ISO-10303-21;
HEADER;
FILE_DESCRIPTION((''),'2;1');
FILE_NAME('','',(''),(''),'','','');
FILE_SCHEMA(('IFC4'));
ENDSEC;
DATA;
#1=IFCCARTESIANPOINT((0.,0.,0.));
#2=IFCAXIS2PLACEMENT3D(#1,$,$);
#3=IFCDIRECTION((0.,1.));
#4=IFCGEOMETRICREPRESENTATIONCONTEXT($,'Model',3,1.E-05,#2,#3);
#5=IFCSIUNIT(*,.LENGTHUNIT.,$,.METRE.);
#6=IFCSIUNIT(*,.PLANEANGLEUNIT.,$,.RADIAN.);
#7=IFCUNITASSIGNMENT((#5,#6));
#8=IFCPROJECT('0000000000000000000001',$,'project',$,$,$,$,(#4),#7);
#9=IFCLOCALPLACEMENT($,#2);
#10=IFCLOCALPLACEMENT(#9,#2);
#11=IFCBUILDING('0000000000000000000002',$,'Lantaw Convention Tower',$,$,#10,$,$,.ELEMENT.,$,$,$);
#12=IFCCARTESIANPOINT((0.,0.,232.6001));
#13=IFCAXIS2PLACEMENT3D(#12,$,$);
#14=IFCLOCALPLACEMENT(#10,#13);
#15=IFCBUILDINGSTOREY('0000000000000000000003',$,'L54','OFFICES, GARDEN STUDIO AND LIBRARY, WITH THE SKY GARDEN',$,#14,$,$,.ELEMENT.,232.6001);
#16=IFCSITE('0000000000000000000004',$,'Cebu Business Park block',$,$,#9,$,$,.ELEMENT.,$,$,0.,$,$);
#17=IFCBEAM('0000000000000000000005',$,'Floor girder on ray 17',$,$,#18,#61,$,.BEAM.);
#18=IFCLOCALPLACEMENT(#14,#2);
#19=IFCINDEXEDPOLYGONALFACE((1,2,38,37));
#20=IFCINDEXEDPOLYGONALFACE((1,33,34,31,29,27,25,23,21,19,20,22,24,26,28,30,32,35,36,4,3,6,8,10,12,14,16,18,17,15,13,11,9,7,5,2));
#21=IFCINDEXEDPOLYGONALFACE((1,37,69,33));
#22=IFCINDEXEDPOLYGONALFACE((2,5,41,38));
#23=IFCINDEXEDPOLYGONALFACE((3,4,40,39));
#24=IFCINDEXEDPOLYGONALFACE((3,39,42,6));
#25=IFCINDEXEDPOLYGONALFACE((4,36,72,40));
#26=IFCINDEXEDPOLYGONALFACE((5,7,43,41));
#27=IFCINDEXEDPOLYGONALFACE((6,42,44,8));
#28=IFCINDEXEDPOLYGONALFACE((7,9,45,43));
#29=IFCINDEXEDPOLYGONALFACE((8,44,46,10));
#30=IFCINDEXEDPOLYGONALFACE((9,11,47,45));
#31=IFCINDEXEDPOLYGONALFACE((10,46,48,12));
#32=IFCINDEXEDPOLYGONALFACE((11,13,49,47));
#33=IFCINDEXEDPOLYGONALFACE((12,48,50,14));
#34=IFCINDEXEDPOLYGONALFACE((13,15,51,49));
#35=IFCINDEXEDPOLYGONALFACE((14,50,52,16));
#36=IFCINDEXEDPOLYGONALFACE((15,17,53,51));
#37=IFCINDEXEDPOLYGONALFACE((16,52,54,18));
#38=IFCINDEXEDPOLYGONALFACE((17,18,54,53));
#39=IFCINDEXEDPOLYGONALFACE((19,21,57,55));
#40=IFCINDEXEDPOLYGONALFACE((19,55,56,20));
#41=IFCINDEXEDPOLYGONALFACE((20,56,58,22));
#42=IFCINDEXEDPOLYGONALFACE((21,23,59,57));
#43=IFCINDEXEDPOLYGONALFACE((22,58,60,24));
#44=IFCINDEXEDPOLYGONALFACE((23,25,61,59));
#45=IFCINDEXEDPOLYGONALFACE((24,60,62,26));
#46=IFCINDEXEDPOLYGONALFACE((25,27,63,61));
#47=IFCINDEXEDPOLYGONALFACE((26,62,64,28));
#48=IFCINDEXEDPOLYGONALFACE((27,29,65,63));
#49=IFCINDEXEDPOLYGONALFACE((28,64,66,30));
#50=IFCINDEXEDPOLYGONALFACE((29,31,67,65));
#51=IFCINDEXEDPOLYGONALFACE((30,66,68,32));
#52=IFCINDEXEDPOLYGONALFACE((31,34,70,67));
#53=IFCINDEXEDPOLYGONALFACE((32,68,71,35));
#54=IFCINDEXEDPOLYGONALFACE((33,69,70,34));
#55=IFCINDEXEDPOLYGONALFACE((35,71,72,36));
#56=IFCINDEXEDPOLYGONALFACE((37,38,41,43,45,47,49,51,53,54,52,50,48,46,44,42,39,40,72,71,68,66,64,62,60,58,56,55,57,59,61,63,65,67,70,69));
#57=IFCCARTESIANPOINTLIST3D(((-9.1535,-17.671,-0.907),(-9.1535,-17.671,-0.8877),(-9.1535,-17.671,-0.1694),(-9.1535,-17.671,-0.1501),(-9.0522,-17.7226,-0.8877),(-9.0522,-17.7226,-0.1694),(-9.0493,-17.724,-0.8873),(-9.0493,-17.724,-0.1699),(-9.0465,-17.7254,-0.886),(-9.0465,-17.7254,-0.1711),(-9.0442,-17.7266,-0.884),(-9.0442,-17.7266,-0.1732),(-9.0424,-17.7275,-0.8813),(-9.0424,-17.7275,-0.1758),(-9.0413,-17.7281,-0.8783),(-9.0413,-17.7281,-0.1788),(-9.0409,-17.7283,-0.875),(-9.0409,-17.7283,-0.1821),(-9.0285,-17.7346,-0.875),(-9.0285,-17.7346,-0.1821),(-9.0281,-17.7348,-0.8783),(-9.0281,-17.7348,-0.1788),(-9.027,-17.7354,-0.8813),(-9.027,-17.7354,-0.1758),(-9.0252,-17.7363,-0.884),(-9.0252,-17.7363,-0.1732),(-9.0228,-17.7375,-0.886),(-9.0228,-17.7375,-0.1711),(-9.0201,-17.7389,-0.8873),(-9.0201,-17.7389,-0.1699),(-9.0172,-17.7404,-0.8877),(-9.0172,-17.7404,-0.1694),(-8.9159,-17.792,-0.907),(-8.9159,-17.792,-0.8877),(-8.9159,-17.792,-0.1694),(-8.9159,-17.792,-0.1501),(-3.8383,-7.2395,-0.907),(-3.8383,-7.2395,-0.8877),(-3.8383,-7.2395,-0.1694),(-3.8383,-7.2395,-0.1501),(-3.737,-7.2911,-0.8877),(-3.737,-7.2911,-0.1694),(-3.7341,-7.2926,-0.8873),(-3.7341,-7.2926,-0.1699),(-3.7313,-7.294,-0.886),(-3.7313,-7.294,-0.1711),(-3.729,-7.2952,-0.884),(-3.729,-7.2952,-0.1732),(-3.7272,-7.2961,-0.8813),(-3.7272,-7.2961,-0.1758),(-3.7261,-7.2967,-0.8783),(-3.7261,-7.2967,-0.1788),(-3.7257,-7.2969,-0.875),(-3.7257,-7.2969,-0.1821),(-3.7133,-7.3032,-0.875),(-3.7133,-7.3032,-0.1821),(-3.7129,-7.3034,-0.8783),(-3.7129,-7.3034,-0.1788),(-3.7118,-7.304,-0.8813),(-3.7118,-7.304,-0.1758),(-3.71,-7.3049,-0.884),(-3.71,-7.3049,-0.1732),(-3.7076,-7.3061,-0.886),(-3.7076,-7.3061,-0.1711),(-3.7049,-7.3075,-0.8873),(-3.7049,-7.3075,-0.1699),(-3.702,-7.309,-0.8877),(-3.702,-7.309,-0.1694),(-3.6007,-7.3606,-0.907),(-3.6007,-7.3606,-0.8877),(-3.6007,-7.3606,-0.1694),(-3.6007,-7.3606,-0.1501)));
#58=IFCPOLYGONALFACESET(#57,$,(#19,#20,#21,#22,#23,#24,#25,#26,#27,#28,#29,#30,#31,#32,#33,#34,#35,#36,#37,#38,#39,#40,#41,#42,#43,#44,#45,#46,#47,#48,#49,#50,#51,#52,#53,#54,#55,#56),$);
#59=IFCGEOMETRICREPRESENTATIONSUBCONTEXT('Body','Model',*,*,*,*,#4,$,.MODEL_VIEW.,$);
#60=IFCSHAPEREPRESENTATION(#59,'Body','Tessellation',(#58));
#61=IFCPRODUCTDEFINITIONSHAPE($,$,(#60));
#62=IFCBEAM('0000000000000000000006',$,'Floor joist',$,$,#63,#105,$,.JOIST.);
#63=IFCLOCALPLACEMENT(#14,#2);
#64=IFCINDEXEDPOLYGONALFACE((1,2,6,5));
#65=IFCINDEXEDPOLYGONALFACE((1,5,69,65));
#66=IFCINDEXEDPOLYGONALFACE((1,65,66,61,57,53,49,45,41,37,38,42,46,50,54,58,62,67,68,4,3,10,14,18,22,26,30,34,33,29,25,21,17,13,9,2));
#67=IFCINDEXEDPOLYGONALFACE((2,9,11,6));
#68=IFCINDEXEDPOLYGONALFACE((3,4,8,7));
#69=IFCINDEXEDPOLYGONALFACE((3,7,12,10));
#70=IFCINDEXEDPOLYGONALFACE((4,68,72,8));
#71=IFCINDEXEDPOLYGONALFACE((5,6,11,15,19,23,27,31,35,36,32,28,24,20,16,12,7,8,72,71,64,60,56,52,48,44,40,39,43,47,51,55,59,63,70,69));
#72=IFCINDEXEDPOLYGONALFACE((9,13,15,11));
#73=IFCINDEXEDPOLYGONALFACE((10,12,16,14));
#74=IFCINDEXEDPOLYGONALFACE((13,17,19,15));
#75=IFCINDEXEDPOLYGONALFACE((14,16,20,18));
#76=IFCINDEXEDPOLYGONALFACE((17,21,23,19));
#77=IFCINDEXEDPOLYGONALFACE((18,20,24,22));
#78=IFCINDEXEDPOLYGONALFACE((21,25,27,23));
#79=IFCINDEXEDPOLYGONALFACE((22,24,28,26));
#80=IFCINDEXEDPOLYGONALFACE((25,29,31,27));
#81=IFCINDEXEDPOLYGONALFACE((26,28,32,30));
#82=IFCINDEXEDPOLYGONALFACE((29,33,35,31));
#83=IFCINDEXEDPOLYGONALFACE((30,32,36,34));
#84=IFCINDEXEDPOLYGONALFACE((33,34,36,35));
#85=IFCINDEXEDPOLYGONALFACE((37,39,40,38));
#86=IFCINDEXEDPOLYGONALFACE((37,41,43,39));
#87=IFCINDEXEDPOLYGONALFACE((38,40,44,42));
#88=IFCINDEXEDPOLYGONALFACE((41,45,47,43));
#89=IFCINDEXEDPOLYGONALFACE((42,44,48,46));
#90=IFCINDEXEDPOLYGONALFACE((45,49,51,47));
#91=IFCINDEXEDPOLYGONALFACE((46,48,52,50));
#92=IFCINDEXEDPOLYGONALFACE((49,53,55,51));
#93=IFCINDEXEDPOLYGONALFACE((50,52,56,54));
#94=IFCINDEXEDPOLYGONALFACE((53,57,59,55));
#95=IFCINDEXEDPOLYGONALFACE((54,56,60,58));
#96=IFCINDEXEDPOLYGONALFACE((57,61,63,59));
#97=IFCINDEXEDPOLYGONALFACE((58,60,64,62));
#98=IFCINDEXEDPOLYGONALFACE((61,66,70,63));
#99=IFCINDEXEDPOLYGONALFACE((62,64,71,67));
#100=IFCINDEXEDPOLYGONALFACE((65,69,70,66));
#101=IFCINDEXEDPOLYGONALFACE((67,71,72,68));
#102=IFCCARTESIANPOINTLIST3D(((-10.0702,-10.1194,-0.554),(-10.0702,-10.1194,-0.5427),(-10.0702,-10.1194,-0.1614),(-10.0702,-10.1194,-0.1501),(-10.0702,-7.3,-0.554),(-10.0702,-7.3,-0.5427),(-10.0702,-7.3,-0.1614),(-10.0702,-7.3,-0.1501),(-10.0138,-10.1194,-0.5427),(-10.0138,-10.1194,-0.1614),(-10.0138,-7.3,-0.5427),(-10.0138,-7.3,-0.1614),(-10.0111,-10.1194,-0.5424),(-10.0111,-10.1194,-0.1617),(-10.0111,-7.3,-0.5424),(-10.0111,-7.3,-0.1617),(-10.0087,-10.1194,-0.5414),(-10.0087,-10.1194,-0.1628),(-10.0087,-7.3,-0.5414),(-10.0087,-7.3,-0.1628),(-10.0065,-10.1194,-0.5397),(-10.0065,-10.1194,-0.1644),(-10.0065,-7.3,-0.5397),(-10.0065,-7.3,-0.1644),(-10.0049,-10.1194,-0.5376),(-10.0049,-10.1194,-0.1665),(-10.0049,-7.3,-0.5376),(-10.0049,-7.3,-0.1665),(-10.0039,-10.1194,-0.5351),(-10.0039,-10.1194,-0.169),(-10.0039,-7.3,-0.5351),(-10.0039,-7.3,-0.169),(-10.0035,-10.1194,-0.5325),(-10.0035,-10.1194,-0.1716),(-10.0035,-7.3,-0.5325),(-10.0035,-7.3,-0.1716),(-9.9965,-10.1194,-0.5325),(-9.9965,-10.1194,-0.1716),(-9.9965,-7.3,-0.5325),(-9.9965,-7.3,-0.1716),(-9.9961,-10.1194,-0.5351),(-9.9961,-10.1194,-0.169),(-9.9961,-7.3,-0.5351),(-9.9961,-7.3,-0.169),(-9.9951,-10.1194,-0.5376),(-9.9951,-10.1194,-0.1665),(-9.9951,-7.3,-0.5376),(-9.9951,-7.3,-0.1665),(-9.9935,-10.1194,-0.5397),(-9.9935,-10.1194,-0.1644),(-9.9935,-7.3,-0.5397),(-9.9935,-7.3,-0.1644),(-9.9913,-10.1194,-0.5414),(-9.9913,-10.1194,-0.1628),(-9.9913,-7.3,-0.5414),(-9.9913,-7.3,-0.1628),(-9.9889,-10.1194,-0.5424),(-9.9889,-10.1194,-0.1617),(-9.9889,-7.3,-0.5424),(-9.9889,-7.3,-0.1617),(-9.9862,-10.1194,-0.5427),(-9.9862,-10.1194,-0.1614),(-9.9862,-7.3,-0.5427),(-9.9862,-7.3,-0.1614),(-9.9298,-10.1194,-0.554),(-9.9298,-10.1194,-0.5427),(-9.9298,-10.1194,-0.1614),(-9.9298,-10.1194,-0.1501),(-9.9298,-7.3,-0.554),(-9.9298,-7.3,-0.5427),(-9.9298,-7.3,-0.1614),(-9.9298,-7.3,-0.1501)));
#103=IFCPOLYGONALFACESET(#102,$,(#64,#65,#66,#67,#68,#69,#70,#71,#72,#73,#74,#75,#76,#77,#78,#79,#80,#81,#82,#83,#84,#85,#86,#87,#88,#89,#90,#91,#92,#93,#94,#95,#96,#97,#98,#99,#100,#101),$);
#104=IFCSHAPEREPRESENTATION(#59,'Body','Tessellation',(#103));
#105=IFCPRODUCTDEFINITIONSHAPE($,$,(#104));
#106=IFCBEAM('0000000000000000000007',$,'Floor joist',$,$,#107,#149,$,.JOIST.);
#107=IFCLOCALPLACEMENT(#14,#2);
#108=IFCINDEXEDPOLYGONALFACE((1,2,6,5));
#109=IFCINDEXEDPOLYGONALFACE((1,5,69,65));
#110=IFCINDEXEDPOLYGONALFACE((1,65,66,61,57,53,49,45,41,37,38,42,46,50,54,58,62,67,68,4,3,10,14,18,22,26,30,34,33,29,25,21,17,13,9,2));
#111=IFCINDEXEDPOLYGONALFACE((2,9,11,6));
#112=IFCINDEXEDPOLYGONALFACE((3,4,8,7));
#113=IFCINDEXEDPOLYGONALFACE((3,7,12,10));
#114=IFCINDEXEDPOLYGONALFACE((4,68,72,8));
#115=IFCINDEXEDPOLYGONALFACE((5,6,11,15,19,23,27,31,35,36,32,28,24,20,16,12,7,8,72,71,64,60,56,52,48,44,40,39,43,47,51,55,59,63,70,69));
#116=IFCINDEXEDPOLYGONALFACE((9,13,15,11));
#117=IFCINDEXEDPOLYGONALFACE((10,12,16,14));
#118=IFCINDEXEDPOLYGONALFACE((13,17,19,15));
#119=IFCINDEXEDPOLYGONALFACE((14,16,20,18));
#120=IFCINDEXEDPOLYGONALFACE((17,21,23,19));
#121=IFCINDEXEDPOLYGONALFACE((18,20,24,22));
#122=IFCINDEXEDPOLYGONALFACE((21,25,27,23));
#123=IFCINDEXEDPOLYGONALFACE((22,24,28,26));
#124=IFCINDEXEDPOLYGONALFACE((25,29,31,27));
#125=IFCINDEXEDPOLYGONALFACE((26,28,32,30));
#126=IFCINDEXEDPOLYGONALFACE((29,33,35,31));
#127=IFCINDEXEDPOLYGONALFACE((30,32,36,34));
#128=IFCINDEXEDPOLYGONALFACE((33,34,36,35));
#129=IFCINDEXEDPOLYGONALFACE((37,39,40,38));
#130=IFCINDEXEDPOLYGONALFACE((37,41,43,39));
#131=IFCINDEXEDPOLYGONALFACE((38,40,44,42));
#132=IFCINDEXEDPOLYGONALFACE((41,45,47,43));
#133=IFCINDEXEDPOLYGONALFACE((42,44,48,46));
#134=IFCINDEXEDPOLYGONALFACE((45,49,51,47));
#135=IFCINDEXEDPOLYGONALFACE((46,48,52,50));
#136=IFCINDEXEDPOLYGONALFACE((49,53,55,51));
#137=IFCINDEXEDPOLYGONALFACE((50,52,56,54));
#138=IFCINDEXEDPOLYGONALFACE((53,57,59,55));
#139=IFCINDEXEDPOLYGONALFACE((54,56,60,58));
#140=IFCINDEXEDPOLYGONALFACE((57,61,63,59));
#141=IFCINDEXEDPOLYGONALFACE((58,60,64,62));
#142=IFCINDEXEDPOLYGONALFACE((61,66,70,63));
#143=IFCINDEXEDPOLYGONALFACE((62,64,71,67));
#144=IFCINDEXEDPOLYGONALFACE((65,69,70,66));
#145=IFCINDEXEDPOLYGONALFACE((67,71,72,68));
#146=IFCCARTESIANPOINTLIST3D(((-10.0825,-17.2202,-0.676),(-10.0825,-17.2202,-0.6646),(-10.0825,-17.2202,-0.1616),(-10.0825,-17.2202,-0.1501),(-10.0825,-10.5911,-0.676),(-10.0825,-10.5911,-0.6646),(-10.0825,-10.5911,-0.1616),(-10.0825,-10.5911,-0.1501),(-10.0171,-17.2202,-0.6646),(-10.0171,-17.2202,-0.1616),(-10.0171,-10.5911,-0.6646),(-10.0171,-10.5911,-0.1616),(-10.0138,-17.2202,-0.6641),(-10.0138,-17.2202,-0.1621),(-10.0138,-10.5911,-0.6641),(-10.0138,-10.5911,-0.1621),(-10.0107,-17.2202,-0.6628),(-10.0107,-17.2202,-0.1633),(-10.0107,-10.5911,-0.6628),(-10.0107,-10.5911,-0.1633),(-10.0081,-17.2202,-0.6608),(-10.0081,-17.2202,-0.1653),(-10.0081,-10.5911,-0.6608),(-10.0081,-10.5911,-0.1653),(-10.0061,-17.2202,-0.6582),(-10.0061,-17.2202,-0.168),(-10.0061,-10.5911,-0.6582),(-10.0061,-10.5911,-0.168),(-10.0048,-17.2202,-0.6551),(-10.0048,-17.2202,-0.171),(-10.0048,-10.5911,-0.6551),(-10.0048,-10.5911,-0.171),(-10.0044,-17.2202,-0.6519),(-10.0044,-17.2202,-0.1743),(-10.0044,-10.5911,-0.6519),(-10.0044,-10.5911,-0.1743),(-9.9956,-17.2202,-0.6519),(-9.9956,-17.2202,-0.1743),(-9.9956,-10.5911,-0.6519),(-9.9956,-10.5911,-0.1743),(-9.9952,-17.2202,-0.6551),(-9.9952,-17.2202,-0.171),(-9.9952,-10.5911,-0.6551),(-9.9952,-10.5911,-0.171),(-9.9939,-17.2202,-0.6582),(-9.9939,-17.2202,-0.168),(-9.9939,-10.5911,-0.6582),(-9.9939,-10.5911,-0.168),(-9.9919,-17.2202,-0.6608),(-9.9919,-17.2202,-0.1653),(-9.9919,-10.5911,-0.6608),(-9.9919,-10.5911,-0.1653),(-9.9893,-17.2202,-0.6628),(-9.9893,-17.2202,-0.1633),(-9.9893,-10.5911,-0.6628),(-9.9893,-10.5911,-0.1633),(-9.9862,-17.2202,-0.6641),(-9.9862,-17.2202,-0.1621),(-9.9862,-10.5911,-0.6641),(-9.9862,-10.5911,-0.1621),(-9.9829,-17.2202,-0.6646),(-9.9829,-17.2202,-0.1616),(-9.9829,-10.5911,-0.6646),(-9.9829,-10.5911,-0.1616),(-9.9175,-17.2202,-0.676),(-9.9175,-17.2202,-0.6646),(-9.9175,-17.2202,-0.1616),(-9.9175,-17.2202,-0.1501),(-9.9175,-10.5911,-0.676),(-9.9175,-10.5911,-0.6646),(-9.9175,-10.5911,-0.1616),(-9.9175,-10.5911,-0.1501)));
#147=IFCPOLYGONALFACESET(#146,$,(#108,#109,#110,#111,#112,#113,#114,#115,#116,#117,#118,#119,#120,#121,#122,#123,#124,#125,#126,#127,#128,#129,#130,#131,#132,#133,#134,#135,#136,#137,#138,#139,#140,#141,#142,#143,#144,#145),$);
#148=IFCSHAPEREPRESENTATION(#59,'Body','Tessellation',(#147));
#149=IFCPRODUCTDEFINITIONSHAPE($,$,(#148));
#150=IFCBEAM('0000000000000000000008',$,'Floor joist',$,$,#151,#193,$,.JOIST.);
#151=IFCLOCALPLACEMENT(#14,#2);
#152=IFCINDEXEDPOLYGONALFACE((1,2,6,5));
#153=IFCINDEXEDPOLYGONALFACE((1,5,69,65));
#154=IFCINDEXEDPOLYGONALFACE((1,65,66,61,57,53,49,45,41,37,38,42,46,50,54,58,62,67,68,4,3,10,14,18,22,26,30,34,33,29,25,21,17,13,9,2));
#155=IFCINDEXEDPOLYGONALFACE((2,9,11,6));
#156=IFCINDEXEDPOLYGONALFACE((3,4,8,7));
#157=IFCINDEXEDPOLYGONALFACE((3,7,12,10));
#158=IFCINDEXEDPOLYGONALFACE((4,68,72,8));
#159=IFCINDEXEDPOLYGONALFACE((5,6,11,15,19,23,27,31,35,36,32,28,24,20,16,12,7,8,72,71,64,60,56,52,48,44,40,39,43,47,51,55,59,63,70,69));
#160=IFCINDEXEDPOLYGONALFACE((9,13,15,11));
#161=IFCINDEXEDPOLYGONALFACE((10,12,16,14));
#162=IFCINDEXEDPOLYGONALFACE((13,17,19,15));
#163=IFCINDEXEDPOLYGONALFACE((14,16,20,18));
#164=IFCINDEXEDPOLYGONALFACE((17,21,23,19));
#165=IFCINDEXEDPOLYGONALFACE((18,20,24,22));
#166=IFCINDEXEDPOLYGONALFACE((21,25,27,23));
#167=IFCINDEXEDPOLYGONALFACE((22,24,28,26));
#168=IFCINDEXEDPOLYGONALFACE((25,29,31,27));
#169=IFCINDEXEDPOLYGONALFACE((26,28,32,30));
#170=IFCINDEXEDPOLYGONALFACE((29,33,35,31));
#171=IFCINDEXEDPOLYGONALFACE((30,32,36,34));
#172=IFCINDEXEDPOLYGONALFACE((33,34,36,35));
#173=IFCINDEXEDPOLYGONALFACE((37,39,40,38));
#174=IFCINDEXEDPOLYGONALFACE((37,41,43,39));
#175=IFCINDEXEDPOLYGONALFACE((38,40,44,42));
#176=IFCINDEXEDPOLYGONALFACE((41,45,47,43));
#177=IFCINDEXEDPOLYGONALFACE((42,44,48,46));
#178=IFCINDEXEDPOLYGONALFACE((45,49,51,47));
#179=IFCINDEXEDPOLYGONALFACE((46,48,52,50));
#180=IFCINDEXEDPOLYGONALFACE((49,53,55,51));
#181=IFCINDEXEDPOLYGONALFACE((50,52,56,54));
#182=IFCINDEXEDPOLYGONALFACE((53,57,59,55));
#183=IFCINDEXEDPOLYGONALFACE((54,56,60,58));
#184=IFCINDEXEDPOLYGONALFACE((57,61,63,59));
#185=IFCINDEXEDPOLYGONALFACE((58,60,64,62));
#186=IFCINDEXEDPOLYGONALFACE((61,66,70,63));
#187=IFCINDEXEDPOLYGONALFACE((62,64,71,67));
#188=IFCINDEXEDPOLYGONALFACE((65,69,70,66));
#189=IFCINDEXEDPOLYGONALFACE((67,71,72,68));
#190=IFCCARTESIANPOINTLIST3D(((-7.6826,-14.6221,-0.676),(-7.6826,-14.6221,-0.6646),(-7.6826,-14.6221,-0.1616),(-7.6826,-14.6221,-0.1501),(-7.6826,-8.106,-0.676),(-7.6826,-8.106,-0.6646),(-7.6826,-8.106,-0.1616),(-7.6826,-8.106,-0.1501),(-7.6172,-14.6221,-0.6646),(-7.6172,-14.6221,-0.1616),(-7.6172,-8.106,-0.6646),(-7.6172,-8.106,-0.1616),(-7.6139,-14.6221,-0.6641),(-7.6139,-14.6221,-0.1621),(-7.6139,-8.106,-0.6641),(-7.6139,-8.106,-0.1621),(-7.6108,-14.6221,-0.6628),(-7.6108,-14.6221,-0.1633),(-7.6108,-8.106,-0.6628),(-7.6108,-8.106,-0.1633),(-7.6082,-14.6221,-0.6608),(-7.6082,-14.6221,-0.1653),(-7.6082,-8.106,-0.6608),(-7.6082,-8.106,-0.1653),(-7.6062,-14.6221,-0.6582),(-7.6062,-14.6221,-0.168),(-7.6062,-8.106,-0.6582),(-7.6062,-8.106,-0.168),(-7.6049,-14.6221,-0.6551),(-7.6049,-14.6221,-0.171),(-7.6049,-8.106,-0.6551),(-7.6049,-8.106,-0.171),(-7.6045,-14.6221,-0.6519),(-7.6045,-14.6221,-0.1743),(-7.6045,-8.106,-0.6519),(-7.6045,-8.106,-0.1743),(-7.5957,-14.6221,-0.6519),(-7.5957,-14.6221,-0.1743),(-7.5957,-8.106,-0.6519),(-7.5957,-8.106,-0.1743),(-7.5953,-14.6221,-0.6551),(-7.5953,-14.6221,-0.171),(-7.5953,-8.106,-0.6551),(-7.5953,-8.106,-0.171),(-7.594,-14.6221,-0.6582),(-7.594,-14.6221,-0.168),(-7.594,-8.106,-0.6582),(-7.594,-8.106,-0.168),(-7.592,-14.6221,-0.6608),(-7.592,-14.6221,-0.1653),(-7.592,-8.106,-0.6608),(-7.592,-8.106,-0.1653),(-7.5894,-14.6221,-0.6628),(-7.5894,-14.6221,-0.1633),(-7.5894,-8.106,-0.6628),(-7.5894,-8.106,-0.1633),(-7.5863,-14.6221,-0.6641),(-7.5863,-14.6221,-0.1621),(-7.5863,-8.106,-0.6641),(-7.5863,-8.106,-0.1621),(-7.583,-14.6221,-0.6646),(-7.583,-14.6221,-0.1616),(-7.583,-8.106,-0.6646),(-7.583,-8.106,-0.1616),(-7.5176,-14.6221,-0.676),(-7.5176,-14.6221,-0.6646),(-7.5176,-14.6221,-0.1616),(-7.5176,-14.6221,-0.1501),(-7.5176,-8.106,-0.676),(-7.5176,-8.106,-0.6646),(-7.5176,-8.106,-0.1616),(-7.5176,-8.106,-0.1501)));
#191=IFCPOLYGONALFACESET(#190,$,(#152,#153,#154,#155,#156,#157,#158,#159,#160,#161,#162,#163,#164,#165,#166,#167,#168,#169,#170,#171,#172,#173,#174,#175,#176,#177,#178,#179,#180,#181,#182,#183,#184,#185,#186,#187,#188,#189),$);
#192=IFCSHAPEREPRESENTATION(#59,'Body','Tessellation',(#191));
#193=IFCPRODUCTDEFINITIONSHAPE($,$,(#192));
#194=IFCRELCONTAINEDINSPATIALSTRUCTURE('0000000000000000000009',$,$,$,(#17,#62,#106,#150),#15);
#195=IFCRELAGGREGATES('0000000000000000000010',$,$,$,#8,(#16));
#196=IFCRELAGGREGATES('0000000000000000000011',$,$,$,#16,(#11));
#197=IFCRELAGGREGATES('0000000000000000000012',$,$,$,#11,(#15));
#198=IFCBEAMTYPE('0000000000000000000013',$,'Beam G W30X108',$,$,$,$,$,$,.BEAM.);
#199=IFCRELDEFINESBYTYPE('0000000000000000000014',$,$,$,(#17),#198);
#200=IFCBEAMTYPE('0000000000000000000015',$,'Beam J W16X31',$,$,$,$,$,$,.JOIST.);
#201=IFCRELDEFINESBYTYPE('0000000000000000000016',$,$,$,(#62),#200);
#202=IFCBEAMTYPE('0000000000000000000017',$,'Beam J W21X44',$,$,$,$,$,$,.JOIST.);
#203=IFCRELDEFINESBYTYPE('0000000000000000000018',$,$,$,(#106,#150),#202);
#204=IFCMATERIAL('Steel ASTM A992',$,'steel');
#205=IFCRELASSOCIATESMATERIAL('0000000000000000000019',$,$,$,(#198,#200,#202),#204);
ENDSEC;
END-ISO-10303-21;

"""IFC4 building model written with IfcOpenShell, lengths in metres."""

from ifc_helpers import new_model, si_unit, direction, frame, origin, origin_2d, place, context, subcontext, project, spatial, i_section, extrude, material, material_profile, profile_set, type_object, element, save


model = new_model("IFC4")

# Units and contexts
model_context = context("Model", 3, precision=1e-05, world=origin(), true_north=direction((0.0, 1.0)))
body_context = subcontext(model_context, "Body", "Model", "MODEL_VIEW")
ifc_project = project(units=[si_unit("LENGTHUNIT", "METRE"), si_unit("PLANEANGLEUNIT", "RADIAN")], contexts=[model_context])

# Site, building, storey
site_placement = place(None, origin())
site = spatial("IfcSite", under=ifc_project, at=site_placement, Name="Cebu Business Park block", CompositionType="ELEMENT", RefElevation=0.0)
building_placement = place(site_placement, origin())
building = spatial("IfcBuilding", under=site, at=building_placement, Name="Lantaw Convention Tower", CompositionType="ELEMENT")
storey_placement = place(building_placement, frame((0.0, 0.0, 232.6001)))
storey = spatial("IfcBuildingStorey", under=building, at=storey_placement, Name="L54", Description="OFFICES, GARDEN STUDIO AND LIBRARY, WITH THE SKY GARDEN", CompositionType="ELEMENT", Elevation=232.6001)

# Beams
ifc_material_1 = material(Name="Steel ASTM A992", Category="steel")
ifc_material_profile_1 = material_profile(ifc_material_1, i_section(OverallWidth=0.2666, OverallDepth=0.7568, WebThickness=0.0139, FlangeThickness=0.0193, FilletRadius=0.0127, at=origin_2d()), Name="W30X108")
ifc_profile_set_1 = profile_set([ifc_material_profile_1], Name="Steel ASTM A992")
beam_type_1 = type_object("IfcBeamType", Name="Beam G W30X108", PredefinedType="BEAM", material=ifc_profile_set_1)
beam_1_placement = place(storey_placement, frame((-3.7195, -7.3, -0.5286), z_axis=(-0.453999, -0.891002, 0.0), x_axis=(0.891002, -0.453999, 0.0)))
element("IfcBeam", 1, at=beam_1_placement, inside=storey, type_object=beam_type_1, Name="Floor girder on ray 17", PredefinedType="BEAM", context=body_context, shape_type="SweptSolid", body=[
    extrude(i_section(OverallWidth=0.2666, OverallDepth=0.7568, WebThickness=0.0139, FlangeThickness=0.0193, FilletRadius=0.0127, at=origin_2d()), origin(), (0.0, 0.0, 1.0), 11.7075),
])
ifc_material_profile_2 = material_profile(ifc_material_1, i_section(OverallWidth=0.1404, OverallDepth=0.4038, WebThickness=0.0071, FlangeThickness=0.0112, FilletRadius=0.0103, at=origin_2d()), Name="W16X31")
ifc_profile_set_2 = profile_set([ifc_material_profile_2], Name="Steel ASTM A992")
beam_type_2 = type_object("IfcBeamType", Name="Beam J W16X31", PredefinedType="JOIST", material=ifc_profile_set_2)
beam_2_placement = place(storey_placement, frame((-10.0, -10.1194, -0.3521), z_axis=(0.0, 1.0, 0.0), x_axis=(-1.0, 0.0, 0.0)))
element("IfcBeam", 2, at=beam_2_placement, inside=storey, type_object=beam_type_2, Name="Floor joist", PredefinedType="JOIST", context=body_context, shape_type="SweptSolid", body=[
    extrude(i_section(OverallWidth=0.1404, OverallDepth=0.4038, WebThickness=0.0071, FlangeThickness=0.0112, FilletRadius=0.0103, at=origin_2d()), origin(), (0.0, 0.0, 1.0), 2.8193),
])
ifc_material_profile_3 = material_profile(ifc_material_1, i_section(OverallWidth=0.165, OverallDepth=0.5259, WebThickness=0.0088, FlangeThickness=0.0115, FilletRadius=0.0127, at=origin_2d()), Name="W21X44")
ifc_profile_set_3 = profile_set([ifc_material_profile_3], Name="Steel ASTM A992")
beam_type_3 = type_object("IfcBeamType", Name="Beam J W21X44", PredefinedType="JOIST", material=ifc_profile_set_3)
beam_3_placement = place(storey_placement, frame((-10.0, -17.2202, -0.4131), z_axis=(0.0, 1.0, 0.0), x_axis=(-1.0, 0.0, 0.0)))
element("IfcBeam", 3, at=beam_3_placement, inside=storey, type_object=beam_type_3, Name="Floor joist", PredefinedType="JOIST", context=body_context, shape_type="SweptSolid", body=[
    extrude(i_section(OverallWidth=0.165, OverallDepth=0.5259, WebThickness=0.0088, FlangeThickness=0.0115, FilletRadius=0.0127, at=origin_2d()), origin(), (0.0, 0.0, 1.0), 6.6292),
])
beam_4_placement = place(storey_placement, frame((-7.6001, -14.6221, -0.4131), z_axis=(0.0, 1.0, 0.0), x_axis=(-1.0, 0.0, 0.0)))
element("IfcBeam", 4, at=beam_4_placement, inside=storey, type_object=beam_type_3, Name="Floor joist", PredefinedType="JOIST", context=body_context, shape_type="SweptSolid", body=[
    extrude(i_section(OverallWidth=0.165, OverallDepth=0.5259, WebThickness=0.0088, FlangeThickness=0.0115, FilletRadius=0.0127, at=origin_2d()), origin(), (0.0, 0.0, 1.0), 6.5161),
])

save(model, "model.ifc")
